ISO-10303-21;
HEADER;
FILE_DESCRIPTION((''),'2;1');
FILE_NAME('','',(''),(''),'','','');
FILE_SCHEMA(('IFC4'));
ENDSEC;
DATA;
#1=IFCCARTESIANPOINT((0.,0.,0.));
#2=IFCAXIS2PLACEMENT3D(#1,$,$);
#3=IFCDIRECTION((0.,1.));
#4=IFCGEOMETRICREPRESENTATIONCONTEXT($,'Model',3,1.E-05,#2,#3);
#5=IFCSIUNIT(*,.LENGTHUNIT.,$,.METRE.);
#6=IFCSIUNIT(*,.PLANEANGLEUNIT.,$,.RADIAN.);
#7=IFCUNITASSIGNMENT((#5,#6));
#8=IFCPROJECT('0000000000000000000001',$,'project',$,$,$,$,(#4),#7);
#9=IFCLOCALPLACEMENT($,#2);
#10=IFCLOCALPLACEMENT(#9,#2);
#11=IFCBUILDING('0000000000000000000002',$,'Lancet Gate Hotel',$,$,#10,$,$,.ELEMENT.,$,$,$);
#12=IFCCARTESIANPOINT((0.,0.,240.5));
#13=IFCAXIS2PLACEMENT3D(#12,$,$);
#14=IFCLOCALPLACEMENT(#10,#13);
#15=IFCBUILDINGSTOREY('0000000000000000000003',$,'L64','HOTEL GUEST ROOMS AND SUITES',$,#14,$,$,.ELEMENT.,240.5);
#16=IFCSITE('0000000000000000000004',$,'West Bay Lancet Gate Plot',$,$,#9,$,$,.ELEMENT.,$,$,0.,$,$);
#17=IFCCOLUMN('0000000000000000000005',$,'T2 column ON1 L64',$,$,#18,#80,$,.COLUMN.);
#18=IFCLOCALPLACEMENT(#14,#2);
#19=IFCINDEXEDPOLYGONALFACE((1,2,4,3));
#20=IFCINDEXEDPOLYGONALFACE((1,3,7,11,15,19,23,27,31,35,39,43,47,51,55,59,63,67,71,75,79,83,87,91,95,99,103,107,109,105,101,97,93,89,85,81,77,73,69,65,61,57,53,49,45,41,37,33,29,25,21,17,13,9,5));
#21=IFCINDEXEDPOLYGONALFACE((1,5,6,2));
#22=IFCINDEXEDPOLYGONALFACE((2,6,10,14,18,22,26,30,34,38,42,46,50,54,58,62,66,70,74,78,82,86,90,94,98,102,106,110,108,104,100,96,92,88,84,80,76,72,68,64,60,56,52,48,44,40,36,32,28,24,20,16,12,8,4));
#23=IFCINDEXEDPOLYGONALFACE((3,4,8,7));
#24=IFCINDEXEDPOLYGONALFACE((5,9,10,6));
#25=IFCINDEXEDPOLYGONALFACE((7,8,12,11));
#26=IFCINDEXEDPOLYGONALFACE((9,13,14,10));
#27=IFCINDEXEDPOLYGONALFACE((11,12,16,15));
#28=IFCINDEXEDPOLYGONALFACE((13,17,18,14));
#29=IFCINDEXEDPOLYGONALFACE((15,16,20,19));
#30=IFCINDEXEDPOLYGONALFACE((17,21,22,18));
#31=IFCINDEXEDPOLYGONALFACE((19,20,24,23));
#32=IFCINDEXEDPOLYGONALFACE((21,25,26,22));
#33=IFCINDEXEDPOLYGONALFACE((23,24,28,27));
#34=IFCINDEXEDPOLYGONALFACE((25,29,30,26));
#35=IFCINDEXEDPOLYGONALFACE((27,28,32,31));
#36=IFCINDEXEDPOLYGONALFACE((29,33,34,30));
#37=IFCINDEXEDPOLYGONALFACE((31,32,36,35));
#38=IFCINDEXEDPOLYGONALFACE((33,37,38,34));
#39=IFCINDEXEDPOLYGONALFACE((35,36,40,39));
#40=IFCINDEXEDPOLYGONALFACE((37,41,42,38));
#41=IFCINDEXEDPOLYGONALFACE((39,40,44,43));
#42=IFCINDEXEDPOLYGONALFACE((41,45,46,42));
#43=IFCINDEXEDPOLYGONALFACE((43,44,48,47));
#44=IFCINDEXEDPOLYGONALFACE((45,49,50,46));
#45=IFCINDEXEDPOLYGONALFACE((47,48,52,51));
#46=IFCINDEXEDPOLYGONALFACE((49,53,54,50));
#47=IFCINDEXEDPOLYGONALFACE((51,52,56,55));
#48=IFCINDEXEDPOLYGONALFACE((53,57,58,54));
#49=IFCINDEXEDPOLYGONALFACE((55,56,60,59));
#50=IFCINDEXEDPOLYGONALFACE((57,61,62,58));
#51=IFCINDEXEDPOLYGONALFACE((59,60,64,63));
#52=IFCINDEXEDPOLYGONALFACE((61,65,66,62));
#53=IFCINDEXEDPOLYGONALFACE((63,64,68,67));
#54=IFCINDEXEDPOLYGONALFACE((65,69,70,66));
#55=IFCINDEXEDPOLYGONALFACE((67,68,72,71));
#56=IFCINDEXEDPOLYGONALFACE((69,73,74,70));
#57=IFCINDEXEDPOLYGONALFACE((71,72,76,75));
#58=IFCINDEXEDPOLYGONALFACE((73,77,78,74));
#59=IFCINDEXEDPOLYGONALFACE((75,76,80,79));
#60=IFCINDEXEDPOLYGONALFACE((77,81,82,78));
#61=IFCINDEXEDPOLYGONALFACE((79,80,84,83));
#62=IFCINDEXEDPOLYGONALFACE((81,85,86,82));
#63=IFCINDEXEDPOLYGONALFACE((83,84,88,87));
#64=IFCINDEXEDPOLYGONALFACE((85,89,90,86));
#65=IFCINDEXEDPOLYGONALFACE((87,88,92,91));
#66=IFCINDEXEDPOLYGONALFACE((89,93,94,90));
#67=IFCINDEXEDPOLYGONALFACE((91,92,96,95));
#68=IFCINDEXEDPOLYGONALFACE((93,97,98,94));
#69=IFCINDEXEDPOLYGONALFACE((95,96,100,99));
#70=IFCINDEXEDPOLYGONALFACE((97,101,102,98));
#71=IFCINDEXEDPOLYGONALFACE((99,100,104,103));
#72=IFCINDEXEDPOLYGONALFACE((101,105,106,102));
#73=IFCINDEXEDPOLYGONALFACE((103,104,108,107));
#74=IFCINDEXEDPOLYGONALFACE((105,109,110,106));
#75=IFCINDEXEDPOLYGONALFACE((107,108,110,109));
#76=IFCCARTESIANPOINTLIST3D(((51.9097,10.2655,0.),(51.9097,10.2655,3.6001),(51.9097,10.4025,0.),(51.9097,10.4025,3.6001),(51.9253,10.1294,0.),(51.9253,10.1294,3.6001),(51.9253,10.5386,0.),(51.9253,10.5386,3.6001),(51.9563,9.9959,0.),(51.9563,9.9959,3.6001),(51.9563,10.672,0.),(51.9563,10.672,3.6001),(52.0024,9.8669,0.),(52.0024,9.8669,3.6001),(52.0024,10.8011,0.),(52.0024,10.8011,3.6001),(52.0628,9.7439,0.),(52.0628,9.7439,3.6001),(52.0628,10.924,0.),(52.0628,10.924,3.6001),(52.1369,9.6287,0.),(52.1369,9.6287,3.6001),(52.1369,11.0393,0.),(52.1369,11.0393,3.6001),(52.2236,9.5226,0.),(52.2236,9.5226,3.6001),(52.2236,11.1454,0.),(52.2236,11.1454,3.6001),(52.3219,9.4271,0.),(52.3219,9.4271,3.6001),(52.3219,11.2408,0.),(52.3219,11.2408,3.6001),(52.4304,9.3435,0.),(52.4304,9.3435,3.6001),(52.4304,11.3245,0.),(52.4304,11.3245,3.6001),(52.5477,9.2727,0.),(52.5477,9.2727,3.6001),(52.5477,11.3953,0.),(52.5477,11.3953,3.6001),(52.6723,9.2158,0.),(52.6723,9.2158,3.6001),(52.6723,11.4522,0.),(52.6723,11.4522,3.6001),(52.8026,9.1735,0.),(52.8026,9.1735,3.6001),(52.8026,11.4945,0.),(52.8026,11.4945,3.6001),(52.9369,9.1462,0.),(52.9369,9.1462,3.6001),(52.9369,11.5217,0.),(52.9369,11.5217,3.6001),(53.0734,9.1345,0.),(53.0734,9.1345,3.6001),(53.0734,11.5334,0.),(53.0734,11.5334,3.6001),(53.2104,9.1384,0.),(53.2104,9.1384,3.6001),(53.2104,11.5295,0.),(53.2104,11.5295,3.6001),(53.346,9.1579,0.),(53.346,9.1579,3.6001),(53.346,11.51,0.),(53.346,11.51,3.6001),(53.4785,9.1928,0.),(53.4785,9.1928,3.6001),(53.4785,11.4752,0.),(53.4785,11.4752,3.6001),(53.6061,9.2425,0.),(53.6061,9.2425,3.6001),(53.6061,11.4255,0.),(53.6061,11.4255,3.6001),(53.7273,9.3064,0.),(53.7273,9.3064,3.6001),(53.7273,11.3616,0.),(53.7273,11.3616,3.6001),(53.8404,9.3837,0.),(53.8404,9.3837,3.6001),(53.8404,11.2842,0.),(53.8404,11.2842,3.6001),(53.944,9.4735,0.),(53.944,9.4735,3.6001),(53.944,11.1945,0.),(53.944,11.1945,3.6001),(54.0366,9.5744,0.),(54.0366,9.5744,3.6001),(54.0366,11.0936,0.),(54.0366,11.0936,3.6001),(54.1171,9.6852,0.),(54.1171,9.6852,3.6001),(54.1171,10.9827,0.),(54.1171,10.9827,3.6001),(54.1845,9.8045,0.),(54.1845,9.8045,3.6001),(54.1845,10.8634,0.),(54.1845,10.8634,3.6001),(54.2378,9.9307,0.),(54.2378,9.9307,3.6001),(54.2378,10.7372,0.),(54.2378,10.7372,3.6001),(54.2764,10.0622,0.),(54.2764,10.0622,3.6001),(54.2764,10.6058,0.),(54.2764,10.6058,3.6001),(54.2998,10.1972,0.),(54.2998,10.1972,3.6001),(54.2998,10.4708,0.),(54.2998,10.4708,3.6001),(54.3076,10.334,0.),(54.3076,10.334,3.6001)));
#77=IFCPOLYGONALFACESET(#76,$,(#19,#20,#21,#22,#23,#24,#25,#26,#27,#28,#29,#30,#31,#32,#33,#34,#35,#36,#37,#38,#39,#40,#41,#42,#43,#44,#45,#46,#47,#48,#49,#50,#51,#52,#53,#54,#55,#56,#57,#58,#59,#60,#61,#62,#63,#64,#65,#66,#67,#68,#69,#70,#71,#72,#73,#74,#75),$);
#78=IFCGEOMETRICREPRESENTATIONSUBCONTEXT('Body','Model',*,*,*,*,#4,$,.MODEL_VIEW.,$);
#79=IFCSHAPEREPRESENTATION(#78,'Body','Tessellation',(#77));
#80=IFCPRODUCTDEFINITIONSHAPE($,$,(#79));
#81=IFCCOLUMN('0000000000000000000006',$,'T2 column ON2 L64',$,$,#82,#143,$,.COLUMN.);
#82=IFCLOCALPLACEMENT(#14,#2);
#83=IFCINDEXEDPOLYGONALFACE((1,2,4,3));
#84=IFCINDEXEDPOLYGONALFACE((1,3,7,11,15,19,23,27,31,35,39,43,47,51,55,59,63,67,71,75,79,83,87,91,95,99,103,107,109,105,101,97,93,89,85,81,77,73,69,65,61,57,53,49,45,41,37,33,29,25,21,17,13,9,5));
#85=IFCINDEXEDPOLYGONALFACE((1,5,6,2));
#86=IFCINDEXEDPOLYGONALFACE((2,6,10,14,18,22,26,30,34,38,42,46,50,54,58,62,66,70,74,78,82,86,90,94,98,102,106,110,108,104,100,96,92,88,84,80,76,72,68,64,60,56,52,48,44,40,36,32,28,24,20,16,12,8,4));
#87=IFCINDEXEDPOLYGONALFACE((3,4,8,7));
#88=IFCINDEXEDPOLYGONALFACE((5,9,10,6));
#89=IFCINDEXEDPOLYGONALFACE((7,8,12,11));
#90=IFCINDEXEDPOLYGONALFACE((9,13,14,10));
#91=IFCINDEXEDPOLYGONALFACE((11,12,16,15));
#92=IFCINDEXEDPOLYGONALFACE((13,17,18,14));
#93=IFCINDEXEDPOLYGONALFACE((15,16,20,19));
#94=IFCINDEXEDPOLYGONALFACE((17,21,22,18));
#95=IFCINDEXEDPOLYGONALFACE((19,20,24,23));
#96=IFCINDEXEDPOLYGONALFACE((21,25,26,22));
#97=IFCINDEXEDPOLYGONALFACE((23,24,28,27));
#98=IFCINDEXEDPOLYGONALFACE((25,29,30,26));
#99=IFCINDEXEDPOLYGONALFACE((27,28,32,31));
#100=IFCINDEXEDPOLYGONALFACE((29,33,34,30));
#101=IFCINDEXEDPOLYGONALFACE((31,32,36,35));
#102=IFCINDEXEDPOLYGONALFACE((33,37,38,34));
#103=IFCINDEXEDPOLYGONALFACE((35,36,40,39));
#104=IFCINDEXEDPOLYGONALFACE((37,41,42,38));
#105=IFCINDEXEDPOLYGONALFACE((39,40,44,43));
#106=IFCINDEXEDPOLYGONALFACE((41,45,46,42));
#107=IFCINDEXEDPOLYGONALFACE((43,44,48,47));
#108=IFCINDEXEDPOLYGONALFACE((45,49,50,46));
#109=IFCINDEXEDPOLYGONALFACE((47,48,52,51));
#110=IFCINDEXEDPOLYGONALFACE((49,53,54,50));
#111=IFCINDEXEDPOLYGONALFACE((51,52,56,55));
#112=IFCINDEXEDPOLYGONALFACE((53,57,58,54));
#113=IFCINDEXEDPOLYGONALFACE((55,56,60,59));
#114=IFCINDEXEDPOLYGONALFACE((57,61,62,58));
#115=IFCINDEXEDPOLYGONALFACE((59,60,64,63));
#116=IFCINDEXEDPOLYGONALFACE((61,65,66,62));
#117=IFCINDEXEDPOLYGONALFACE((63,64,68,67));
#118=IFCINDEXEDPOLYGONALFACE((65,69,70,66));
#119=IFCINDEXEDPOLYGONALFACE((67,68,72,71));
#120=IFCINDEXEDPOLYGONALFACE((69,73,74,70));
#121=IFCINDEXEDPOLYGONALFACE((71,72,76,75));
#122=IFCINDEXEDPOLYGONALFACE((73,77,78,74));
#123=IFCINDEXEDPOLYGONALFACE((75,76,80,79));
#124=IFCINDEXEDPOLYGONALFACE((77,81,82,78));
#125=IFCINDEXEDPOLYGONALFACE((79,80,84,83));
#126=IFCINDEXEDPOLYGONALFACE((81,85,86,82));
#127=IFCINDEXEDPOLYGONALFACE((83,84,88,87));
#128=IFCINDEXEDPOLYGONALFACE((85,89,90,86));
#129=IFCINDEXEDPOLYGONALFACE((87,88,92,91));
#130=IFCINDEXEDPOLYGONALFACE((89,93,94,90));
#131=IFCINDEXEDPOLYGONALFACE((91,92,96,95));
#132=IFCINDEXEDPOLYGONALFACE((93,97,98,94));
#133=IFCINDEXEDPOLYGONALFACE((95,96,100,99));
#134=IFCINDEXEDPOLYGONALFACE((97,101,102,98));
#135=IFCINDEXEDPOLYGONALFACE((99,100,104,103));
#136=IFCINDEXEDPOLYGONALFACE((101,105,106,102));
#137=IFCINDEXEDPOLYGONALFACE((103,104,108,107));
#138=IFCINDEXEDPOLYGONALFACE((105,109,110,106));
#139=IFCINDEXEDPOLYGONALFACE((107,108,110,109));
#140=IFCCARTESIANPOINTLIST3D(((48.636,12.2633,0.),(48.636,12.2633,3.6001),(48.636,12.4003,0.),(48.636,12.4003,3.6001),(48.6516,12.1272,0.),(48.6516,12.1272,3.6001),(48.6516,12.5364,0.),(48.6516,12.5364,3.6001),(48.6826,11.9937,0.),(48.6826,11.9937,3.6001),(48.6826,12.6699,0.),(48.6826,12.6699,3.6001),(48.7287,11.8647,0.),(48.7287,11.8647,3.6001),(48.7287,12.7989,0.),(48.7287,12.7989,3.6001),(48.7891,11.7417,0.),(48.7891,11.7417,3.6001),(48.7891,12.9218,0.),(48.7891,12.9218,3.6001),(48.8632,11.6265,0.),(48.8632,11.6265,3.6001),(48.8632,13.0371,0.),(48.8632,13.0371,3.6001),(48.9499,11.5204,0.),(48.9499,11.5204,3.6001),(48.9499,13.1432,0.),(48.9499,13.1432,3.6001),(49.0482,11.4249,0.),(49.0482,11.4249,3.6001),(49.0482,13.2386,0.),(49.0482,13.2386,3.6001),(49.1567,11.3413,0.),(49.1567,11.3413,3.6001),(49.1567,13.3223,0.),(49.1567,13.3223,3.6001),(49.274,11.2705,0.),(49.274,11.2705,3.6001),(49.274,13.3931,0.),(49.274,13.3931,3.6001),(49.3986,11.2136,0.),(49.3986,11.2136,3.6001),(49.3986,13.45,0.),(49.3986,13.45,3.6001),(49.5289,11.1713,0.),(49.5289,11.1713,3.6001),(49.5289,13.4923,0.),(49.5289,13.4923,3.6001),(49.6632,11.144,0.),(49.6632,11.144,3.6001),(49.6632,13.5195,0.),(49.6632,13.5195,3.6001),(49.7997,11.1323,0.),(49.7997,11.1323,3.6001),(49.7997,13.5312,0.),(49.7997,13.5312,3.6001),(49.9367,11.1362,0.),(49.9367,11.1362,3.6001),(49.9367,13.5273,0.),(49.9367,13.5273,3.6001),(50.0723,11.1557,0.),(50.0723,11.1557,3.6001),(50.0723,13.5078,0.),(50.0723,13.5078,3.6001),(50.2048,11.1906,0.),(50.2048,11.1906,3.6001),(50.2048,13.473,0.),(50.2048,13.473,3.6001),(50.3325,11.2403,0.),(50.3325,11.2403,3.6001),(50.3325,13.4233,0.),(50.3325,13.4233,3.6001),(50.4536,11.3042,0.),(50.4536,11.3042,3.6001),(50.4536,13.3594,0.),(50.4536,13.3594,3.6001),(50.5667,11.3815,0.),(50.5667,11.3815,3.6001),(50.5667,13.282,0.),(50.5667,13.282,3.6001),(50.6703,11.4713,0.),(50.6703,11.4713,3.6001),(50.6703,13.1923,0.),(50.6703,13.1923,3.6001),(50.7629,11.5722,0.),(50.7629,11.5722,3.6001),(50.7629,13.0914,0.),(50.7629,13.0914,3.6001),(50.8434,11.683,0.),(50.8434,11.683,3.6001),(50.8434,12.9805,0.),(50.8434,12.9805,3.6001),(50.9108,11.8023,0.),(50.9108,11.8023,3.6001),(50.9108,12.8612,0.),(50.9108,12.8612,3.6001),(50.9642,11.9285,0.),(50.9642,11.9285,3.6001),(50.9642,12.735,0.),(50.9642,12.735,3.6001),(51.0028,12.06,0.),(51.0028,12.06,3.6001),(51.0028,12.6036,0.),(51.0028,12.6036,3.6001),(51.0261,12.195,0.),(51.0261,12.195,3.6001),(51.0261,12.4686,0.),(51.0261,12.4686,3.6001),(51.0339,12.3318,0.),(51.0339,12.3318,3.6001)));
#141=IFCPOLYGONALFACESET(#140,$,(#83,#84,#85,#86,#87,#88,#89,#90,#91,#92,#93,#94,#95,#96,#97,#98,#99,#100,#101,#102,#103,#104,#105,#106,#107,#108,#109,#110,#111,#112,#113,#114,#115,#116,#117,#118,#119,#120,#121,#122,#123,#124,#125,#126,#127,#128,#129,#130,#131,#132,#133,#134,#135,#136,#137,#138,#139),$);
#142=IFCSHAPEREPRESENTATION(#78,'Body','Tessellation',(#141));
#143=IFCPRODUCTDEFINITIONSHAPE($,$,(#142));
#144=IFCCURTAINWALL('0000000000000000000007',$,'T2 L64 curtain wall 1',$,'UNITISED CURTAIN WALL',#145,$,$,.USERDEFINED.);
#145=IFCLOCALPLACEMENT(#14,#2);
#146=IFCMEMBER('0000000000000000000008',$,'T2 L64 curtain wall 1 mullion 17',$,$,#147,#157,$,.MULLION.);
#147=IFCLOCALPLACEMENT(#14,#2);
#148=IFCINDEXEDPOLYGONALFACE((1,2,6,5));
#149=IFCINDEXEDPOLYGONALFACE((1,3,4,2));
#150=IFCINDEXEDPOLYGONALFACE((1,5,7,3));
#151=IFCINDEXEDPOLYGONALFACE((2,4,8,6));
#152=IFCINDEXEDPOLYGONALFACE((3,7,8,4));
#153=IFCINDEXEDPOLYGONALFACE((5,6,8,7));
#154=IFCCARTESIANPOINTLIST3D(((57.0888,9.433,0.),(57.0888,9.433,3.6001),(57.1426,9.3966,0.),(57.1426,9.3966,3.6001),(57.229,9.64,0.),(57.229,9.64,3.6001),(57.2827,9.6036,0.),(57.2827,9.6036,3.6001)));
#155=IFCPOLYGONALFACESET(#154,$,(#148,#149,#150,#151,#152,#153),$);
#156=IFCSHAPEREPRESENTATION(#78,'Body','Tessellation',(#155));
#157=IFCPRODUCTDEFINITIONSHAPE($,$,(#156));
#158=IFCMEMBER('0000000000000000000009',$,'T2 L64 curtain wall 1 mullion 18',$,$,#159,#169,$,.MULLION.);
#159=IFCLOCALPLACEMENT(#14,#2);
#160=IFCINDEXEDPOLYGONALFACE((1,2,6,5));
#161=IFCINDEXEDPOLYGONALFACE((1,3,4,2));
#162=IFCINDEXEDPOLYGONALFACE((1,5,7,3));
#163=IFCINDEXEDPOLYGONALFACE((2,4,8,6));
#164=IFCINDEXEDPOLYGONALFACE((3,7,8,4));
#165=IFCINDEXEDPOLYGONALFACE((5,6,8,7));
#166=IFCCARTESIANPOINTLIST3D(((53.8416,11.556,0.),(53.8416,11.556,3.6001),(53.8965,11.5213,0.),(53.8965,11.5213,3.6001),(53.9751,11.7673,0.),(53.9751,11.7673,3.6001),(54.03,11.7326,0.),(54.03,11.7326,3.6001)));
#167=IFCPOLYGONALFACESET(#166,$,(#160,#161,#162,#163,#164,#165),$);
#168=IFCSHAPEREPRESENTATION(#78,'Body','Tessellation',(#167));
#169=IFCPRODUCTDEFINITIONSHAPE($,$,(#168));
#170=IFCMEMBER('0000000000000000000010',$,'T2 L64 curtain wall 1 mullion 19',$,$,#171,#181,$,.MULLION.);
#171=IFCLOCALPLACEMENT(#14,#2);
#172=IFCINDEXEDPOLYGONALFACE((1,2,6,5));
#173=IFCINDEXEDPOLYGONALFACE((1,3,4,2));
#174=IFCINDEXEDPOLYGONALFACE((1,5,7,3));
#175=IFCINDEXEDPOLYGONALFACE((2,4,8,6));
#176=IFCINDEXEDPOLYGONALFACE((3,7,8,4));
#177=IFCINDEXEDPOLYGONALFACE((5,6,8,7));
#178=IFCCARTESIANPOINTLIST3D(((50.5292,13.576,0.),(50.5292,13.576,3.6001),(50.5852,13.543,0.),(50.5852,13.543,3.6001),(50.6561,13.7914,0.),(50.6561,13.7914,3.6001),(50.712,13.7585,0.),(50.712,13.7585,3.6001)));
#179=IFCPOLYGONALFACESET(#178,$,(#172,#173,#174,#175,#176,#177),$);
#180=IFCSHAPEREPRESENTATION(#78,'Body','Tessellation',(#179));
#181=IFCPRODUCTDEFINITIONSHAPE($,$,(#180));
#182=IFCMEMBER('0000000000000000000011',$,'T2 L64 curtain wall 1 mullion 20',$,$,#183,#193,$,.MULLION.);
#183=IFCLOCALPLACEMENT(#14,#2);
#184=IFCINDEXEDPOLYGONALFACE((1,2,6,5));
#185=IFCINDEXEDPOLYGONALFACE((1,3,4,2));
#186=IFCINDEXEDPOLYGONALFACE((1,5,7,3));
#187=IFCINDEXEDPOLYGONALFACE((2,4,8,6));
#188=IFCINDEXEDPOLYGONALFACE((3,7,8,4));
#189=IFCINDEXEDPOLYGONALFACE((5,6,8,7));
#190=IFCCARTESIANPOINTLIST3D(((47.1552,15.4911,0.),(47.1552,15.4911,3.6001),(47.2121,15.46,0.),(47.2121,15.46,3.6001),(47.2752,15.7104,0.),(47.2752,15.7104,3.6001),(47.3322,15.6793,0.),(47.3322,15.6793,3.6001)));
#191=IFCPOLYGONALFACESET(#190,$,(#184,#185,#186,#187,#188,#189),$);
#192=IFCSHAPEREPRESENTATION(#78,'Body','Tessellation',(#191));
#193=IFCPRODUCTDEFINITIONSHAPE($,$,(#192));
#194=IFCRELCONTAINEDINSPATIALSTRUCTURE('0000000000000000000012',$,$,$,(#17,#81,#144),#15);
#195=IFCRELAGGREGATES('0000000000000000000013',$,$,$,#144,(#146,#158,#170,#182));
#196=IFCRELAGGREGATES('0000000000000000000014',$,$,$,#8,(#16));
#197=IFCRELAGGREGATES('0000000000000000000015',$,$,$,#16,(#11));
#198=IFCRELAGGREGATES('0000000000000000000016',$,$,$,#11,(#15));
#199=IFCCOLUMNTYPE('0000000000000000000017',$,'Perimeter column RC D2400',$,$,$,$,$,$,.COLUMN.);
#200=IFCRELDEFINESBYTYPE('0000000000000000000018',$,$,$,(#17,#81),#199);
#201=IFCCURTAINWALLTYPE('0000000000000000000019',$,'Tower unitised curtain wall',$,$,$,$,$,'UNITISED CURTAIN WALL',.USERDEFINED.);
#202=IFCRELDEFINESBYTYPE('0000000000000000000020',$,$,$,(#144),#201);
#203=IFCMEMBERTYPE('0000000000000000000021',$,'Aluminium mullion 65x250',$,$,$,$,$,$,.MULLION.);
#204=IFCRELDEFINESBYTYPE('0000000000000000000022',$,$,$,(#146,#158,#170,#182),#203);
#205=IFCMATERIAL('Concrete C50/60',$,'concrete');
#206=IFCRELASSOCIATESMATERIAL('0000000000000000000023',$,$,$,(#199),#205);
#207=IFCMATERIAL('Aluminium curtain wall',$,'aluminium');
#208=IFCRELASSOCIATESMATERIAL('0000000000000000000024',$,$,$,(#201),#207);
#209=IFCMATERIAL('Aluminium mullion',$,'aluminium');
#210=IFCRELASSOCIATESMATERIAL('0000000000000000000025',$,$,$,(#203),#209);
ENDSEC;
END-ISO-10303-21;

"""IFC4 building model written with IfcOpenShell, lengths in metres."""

from ifc_helpers import new_model, si_unit, direction, frame, origin, origin_2d, place, context, subcontext, project, spatial, rectangle, circle, extrude, material, material_profile, profile_set, type_object, element, aggregate, save


model = new_model("IFC4")

# Units and contexts
model_context = context("Model", 3, precision=1e-05, world=origin(), true_north=direction((0.0, 1.0)))
body_context = subcontext(model_context, "Body", "Model", "MODEL_VIEW")
ifc_project = project(units=[si_unit("LENGTHUNIT", "METRE"), si_unit("PLANEANGLEUNIT", "RADIAN")], contexts=[model_context])

# Site, building, storey
site_placement = place(None, origin())
site = spatial("IfcSite", under=ifc_project, at=site_placement, Name="West Bay Lancet Gate Plot", CompositionType="ELEMENT", RefElevation=0.0)
building_placement = place(site_placement, origin())
building = spatial("IfcBuilding", under=site, at=building_placement, Name="Lancet Gate Hotel", CompositionType="ELEMENT")
storey_placement = place(building_placement, frame((0.0, 0.0, 240.5)))
storey = spatial("IfcBuildingStorey", under=building, at=storey_placement, Name="L64", Description="HOTEL GUEST ROOMS AND SUITES", CompositionType="ELEMENT", Elevation=240.5)

# Columns
ifc_material_1 = material(Name="Concrete C50/60", Category="concrete")
ifc_material_profile_1 = material_profile(ifc_material_1, circle(Radius=1.2, at=origin_2d()), Name="RC D2400")
ifc_profile_set_1 = profile_set([ifc_material_profile_1], Name="Concrete C50/60")
column_type = type_object("IfcColumnType", Name="Perimeter column RC D2400", PredefinedType="COLUMN", material=ifc_profile_set_1)
for number, where, z_axis, x_axis, name in (
    (1, (53.1077, 10.334, 0.0), (0.0, 0.0, 1.0), (1.0, 0.0, 0.0), "T2 column ON1 L64"),
    (2, (49.834, 12.3318, 0.0), (0.0, 0.0, 1.0), (1.0, 0.0, 0.0), "T2 column ON2 L64"),
):
    element("IfcColumn", number, at=place(storey_placement, frame(where, z_axis=z_axis, x_axis=x_axis)), inside=storey, type_object=column_type, Name=name, PredefinedType="COLUMN", context=body_context, shape_type="SweptSolid", body=[
        extrude(circle(Radius=1.2, at=origin_2d()), origin(), (0.0, 0.0, 1.0), 3.6001),
    ])

# Curtain wall, members
ifc_material_2 = material(Name="Aluminium curtain wall", Category="aluminium")
curtain_wall_type = type_object("IfcCurtainWallType", Name="Tower unitised curtain wall", ElementType="UNITISED CURTAIN WALL", PredefinedType="USERDEFINED", material=ifc_material_2)
curtain_wall_placement = place(storey_placement, origin())
curtain_wall = element("IfcCurtainWall", 3, at=curtain_wall_placement, inside=storey, type_object=curtain_wall_type, Name="T2 L64 curtain wall 1", ObjectType="UNITISED CURTAIN WALL", PredefinedType="USERDEFINED")
ifc_material_3 = material(Name="Aluminium mullion", Category="aluminium")
ifc_material_profile_2 = material_profile(ifc_material_3, rectangle(XDim=0.0649, YDim=0.25, at=origin_2d()), Name="MULLION 65x250")
ifc_profile_set_2 = profile_set([ifc_material_profile_2], Name="Aluminium mullion")
member_type_1 = type_object("IfcMemberType", Name="Aluminium mullion 65x250", PredefinedType="MULLION", material=ifc_profile_set_2)
member_1_placement = place(storey_placement, frame((57.1858, 9.5183, 0.0), z_axis=(0.0, 0.0, 1.0), x_axis=(-0.828155, 0.5605, 0.0)))
member_1 = element("IfcMember", 4, at=member_1_placement, type_object=member_type_1, Name="T2 L64 curtain wall 1 mullion 17", PredefinedType="MULLION", context=body_context, shape_type="SweptSolid", body=[
    extrude(rectangle(XDim=0.0649, YDim=0.25, at=origin_2d()), origin(), (0.0, 0.0, 1.0), 3.6001),
])
member_2_placement = place(storey_placement, frame((53.9358, 11.6443, 0.0), z_axis=(0.0, 0.0, 1.0), x_axis=(-0.84534, 0.534229, 0.0)))
member_2 = element("IfcMember", 5, at=member_2_placement, type_object=member_type_1, Name="T2 L64 curtain wall 1 mullion 18", PredefinedType="MULLION", context=body_context, shape_type="SweptSolid", body=[
    extrude(rectangle(XDim=0.0649, YDim=0.25, at=origin_2d()), origin(), (0.0, 0.0, 1.0), 3.6001),
])
member_3_placement = place(storey_placement, frame((50.6206, 13.6672, 0.0), z_axis=(0.0, 0.0, 1.0), x_axis=(-0.861692, 0.507432, 0.0)))
member_3 = element("IfcMember", 6, at=member_3_placement, type_object=member_type_1, Name="T2 L64 curtain wall 1 mullion 19", PredefinedType="MULLION", context=body_context, shape_type="SweptSolid", body=[
    extrude(rectangle(XDim=0.0649, YDim=0.25, at=origin_2d()), origin(), (0.0, 0.0, 1.0), 3.6001),
])
member_4_placement = place(storey_placement, frame((47.2437, 15.5852, 0.0), z_axis=(0.0, 0.0, 1.0), x_axis=(-0.877195, 0.480135, 0.0)))
member_4 = element("IfcMember", 7, at=member_4_placement, type_object=member_type_1, Name="T2 L64 curtain wall 1 mullion 20", PredefinedType="MULLION", context=body_context, shape_type="SweptSolid", body=[
    extrude(rectangle(XDim=0.0649, YDim=0.25, at=origin_2d()), origin(), (0.0, 0.0, 1.0), 3.6001),
])

aggregate(curtain_wall, [member_1, member_2, member_3, member_4])

save(model, "model.ifc")
